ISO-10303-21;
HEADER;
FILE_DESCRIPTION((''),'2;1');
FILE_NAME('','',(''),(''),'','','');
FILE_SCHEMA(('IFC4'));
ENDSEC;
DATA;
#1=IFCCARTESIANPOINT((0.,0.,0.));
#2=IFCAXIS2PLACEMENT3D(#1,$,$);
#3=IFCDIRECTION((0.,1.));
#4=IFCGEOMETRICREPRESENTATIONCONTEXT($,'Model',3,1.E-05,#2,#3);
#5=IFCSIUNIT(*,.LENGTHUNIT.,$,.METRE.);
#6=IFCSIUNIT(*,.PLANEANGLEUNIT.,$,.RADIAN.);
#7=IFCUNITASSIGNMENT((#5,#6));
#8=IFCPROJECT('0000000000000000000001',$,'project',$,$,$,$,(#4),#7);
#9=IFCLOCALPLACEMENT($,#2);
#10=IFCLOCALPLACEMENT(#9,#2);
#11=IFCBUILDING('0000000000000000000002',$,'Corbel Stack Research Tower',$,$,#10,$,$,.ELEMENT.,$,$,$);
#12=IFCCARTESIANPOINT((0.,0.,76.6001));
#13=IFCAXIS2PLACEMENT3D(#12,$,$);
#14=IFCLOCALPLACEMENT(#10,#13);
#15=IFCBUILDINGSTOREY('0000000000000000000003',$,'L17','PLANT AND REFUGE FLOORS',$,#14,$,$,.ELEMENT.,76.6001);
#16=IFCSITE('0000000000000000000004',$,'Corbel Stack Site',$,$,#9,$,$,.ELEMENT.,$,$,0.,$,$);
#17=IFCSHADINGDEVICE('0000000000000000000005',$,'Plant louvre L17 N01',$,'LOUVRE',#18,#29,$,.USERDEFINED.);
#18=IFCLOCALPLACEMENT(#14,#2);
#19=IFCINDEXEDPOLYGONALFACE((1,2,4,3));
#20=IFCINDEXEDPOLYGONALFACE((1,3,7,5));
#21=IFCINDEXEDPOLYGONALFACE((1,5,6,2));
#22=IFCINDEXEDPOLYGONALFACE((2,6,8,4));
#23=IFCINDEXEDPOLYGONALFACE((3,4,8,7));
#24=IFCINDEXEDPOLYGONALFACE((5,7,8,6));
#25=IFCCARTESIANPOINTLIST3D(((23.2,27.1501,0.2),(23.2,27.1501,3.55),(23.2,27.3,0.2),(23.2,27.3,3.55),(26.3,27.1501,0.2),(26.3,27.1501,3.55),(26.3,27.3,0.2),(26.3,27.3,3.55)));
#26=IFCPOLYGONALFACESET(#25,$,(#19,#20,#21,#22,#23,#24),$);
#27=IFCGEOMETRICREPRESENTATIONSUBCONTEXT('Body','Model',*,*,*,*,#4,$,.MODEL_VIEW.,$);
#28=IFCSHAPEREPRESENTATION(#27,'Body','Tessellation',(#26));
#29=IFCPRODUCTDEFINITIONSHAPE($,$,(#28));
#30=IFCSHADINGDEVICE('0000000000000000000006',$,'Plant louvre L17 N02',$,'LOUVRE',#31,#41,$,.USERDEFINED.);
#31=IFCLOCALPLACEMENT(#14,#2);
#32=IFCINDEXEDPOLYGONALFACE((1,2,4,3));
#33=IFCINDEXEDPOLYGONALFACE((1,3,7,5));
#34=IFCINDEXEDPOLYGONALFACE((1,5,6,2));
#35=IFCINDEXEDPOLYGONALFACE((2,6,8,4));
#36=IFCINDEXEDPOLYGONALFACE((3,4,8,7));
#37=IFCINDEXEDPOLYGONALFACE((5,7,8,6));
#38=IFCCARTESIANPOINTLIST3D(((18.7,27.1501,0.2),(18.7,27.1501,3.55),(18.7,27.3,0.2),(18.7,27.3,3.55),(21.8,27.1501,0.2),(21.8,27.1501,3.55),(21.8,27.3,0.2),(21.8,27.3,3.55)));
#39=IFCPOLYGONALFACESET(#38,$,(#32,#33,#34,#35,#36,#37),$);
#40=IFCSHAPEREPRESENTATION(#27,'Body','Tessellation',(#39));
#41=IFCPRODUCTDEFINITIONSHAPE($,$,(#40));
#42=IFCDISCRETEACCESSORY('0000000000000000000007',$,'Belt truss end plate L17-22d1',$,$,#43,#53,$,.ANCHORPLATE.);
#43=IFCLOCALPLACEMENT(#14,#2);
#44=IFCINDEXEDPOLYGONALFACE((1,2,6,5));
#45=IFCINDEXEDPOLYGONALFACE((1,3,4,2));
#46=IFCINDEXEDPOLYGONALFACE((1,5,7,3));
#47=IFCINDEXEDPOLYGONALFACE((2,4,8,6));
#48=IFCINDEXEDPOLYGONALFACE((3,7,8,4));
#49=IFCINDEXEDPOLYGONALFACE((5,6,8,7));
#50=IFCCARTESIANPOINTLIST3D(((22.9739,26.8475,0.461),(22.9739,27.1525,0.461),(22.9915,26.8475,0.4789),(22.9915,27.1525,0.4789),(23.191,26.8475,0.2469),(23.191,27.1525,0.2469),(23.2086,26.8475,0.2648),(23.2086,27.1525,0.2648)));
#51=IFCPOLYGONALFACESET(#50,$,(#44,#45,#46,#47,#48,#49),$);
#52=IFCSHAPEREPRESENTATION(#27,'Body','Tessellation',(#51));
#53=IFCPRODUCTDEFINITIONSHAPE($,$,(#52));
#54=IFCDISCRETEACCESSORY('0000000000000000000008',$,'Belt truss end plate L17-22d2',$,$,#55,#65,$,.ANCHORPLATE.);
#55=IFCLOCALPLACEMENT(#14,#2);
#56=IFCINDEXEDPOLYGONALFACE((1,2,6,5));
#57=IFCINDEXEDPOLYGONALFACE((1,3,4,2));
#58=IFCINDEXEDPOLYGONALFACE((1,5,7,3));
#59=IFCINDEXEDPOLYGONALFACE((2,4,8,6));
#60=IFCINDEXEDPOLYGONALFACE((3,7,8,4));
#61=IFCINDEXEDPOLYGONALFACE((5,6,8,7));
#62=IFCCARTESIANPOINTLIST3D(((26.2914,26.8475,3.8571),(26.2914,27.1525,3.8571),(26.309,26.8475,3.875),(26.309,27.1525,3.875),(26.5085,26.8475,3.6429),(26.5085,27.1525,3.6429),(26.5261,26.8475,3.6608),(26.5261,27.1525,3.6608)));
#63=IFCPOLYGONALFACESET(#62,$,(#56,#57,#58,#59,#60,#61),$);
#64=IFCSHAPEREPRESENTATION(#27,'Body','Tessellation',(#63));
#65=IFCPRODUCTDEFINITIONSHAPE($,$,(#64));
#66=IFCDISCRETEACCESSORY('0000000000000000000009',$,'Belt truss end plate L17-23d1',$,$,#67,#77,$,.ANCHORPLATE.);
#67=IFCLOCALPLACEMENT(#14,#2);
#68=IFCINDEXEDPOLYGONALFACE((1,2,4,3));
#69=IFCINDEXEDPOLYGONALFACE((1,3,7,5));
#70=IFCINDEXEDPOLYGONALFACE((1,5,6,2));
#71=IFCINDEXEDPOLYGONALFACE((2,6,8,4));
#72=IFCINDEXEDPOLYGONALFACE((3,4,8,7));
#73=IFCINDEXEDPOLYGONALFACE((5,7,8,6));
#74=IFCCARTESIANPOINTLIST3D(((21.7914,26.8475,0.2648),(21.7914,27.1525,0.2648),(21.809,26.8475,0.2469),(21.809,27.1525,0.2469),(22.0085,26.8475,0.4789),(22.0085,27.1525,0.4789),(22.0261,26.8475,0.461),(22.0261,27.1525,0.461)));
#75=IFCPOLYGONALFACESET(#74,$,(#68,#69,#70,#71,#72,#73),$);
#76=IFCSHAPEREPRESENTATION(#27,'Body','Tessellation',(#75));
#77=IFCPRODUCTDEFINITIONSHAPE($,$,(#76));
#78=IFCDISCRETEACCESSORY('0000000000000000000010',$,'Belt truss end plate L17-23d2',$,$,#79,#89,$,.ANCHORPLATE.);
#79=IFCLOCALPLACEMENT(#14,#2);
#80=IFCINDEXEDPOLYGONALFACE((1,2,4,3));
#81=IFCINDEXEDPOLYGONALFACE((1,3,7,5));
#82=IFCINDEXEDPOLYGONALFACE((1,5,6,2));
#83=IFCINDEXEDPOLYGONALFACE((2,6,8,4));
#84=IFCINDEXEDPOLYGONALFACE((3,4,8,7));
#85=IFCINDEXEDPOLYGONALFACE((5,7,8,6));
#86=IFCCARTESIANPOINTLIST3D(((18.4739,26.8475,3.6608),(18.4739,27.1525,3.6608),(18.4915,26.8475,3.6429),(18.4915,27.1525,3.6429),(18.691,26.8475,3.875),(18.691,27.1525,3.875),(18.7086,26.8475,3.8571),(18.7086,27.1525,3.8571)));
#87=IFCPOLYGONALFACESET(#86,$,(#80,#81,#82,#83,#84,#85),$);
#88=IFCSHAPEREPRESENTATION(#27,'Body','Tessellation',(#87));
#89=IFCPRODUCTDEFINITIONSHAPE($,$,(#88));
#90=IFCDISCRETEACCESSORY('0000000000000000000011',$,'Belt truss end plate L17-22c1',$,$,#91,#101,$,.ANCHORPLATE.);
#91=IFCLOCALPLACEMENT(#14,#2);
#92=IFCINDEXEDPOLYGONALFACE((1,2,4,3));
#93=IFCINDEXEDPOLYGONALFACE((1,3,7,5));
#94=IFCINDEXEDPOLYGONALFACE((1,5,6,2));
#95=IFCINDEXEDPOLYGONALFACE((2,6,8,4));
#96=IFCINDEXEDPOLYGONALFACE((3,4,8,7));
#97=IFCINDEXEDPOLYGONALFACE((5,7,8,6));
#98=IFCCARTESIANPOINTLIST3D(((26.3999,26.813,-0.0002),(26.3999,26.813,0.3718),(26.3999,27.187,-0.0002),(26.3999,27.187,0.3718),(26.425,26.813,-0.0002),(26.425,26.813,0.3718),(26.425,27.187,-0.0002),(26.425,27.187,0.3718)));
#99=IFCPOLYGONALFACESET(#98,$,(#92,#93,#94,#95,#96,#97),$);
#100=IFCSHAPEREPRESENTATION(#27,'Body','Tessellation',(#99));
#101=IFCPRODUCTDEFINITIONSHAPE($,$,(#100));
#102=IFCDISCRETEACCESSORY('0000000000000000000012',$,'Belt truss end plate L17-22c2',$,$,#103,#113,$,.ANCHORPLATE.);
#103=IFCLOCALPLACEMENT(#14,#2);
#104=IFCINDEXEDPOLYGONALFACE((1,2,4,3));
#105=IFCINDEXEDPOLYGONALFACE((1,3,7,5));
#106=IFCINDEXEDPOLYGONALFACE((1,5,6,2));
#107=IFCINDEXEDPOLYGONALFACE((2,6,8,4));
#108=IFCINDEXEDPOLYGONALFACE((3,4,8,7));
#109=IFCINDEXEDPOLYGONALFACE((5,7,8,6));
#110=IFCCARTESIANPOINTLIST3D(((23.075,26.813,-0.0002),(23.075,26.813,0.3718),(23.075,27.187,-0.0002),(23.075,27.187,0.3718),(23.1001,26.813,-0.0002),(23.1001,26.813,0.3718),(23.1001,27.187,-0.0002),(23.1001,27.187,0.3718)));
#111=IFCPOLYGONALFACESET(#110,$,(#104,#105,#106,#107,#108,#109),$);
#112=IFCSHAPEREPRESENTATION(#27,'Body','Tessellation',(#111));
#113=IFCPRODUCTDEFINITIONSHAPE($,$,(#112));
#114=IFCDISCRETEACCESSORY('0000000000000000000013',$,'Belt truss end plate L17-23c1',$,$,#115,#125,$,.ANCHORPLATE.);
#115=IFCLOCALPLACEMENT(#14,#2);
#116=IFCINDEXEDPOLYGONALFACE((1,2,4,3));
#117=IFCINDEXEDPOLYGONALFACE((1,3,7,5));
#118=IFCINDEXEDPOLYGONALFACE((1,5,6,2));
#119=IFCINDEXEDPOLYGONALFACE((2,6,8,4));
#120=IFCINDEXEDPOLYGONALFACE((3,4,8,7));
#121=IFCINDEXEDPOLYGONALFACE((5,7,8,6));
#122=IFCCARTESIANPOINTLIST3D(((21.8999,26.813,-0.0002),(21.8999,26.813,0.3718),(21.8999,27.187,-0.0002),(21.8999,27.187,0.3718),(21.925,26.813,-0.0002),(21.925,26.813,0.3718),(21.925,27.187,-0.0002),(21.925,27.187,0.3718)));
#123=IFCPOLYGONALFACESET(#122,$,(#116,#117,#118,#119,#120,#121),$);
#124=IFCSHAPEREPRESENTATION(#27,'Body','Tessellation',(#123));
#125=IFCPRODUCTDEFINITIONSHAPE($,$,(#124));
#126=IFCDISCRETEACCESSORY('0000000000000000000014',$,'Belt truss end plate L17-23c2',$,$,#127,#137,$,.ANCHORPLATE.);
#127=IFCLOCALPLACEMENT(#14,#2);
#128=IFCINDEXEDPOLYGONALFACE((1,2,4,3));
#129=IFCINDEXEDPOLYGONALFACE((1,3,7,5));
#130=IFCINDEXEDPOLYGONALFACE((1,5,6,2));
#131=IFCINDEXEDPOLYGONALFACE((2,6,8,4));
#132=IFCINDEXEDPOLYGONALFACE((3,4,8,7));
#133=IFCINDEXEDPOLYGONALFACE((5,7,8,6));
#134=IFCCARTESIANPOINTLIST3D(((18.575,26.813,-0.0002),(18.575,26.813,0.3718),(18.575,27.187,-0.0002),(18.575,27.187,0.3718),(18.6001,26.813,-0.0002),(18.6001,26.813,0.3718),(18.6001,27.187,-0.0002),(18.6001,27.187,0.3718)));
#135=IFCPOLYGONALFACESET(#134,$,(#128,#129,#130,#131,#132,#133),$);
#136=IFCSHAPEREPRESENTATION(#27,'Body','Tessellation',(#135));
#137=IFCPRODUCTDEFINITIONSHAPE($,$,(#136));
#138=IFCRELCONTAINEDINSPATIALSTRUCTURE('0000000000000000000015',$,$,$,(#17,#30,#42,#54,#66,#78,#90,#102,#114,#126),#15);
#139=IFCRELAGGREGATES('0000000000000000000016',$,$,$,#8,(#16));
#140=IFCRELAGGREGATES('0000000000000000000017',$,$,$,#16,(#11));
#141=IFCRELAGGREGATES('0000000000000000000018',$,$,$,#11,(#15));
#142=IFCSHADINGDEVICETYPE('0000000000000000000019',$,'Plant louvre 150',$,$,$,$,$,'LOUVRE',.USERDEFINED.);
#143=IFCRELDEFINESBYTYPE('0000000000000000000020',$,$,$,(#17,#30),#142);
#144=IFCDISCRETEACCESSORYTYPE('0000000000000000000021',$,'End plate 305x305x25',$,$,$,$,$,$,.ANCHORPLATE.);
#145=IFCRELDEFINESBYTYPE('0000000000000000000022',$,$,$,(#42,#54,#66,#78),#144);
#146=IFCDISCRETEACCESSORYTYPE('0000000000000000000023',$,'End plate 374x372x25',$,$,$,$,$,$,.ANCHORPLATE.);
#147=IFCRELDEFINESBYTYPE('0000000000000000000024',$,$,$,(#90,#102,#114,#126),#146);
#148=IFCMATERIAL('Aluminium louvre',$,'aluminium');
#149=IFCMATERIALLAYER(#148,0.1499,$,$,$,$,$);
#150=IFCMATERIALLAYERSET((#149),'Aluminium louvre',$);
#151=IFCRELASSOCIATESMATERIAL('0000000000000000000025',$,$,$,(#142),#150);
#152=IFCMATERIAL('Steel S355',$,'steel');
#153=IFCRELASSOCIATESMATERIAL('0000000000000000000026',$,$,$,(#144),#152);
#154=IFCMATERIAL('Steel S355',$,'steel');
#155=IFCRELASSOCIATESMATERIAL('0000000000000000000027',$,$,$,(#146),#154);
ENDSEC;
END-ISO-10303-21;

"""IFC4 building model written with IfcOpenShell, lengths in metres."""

from ifc_helpers import new_model, si_unit, direction, frame, origin, origin_2d, place, context, subcontext, project, spatial, rectangle, extrude, material, layer, layer_set, material_profile, profile_set, type_object, element, save


model = new_model("IFC4")

# Units and contexts
model_context = context("Model", 3, precision=1e-05, world=origin(), true_north=direction((0.0, 1.0)))
body_context = subcontext(model_context, "Body", "Model", "MODEL_VIEW")
ifc_project = project(units=[si_unit("LENGTHUNIT", "METRE"), si_unit("PLANEANGLEUNIT", "RADIAN")], contexts=[model_context])

# Site, building, storey
site_placement = place(None, origin())
site = spatial("IfcSite", under=ifc_project, at=site_placement, Name="Corbel Stack Site", CompositionType="ELEMENT", RefElevation=0.0)
building_placement = place(site_placement, origin())
building = spatial("IfcBuilding", under=site, at=building_placement, Name="Corbel Stack Research Tower", CompositionType="ELEMENT")
storey_placement = place(building_placement, frame((0.0, 0.0, 76.6001)))
storey = spatial("IfcBuildingStorey", under=building, at=storey_placement, Name="L17", Description="PLANT AND REFUGE FLOORS", CompositionType="ELEMENT", Elevation=76.6001)

# Shading devices
ifc_material_1 = material(Name="Aluminium louvre", Category="aluminium")
ifc_layer_1 = layer(ifc_material_1, 0.1499)
ifc_layer_set_1 = layer_set([ifc_layer_1], Name="Aluminium louvre")
shading_device_type = type_object("IfcShadingDeviceType", Name="Plant louvre 150", ElementType="LOUVRE", PredefinedType="USERDEFINED", material=ifc_layer_set_1)
for number, where, z_axis, x_axis, name in (
    (1, (24.75, 27.2251, 0.2), (0.0, 0.0, 1.0), (-1.0, 0.0, 0.0), "Plant louvre L17 N01"),
    (2, (20.25, 27.2251, 0.2), (0.0, 0.0, 1.0), (-1.0, 0.0, 0.0), "Plant louvre L17 N02"),
):
    element("IfcShadingDevice", number, at=place(storey_placement, frame(where, z_axis=z_axis, x_axis=x_axis)), inside=storey, type_object=shading_device_type, Name=name, ObjectType="LOUVRE", PredefinedType="USERDEFINED", context=body_context, shape_type="SweptSolid", body=[
        extrude(rectangle(XDim=3.1001, YDim=0.1499, at=origin_2d()), origin(), (0.0, 0.0, 1.0), 3.3501),
    ])

# Discrete accessories
ifc_material_2 = material(Name="Steel S355", Category="steel")
ifc_material_profile_1 = material_profile(ifc_material_2, rectangle(XDim=0.3049, YDim=0.3049, at=origin_2d()), Name="End plate 305x305x25")
ifc_profile_set_1 = profile_set([ifc_material_profile_1], Name="Steel S355")
discrete_accessory_type_1 = type_object("IfcDiscreteAccessoryType", Name="End plate 305x305x25", PredefinedType="ANCHORPLATE", material=ifc_profile_set_1)
for number, where, z_axis, x_axis, name in (
    (3, (23.1001, 27.0, 0.3718), (-0.702213, 0.0, -0.711966), (0.0, -1.0, 0.0), "Belt truss end plate L17-22d1"),
    (4, (26.3999, 27.0, 3.75), (0.702213, 0.0, 0.711966), (0.0, 1.0, 0.0), "Belt truss end plate L17-22d2"),
    (5, (21.8999, 27.0, 0.3718), (0.702213, 0.0, -0.711966), (0.0, 1.0, 0.0), "Belt truss end plate L17-23d1"),
    (6, (18.6001, 27.0, 3.75), (-0.702213, 0.0, 0.711966), (0.0, -1.0, 0.0), "Belt truss end plate L17-23d2"),
):
    element("IfcDiscreteAccessory", number, at=place(storey_placement, frame(where, z_axis=z_axis, x_axis=x_axis)), inside=storey, type_object=discrete_accessory_type_1, Name=name, PredefinedType="ANCHORPLATE", context=body_context, shape_type="SweptSolid", body=[
        extrude(rectangle(XDim=0.3049, YDim=0.3049, at=origin_2d()), origin(), (0.0, 0.0, 1.0), 0.0251),
    ])
ifc_material_3 = material(Name="Steel S355", Category="steel")
ifc_material_profile_2 = material_profile(ifc_material_3, rectangle(XDim=0.374, YDim=0.3721, at=origin_2d()), Name="End plate 374x372x25")
ifc_profile_set_2 = profile_set([ifc_material_profile_2], Name="Steel S355")
discrete_accessory_type_2 = type_object("IfcDiscreteAccessoryType", Name="End plate 374x372x25", PredefinedType="ANCHORPLATE", material=ifc_profile_set_2)
for number, where, z_axis, x_axis, name in (
    (7, (26.3999, 27.0, 0.1858), (1.0, 0.0, 0.0), (0.0, 1.0, 0.0), "Belt truss end plate L17-22c1"),
    (8, (23.1001, 27.0, 0.1858), (-1.0, 0.0, 0.0), (0.0, -1.0, 0.0), "Belt truss end plate L17-22c2"),
    (9, (21.8999, 27.0, 0.1858), (1.0, 0.0, 0.0), (0.0, 1.0, 0.0), "Belt truss end plate L17-23c1"),
    (10, (18.6001, 27.0, 0.1858), (-1.0, 0.0, 0.0), (0.0, -1.0, 0.0), "Belt truss end plate L17-23c2"),
):
    element("IfcDiscreteAccessory", number, at=place(storey_placement, frame(where, z_axis=z_axis, x_axis=x_axis)), inside=storey, type_object=discrete_accessory_type_2, Name=name, PredefinedType="ANCHORPLATE", context=body_context, shape_type="SweptSolid", body=[
        extrude(rectangle(XDim=0.374, YDim=0.3721, at=origin_2d()), origin(), (0.0, 0.0, 1.0), 0.0251),
    ])

save(model, "model.ifc")
